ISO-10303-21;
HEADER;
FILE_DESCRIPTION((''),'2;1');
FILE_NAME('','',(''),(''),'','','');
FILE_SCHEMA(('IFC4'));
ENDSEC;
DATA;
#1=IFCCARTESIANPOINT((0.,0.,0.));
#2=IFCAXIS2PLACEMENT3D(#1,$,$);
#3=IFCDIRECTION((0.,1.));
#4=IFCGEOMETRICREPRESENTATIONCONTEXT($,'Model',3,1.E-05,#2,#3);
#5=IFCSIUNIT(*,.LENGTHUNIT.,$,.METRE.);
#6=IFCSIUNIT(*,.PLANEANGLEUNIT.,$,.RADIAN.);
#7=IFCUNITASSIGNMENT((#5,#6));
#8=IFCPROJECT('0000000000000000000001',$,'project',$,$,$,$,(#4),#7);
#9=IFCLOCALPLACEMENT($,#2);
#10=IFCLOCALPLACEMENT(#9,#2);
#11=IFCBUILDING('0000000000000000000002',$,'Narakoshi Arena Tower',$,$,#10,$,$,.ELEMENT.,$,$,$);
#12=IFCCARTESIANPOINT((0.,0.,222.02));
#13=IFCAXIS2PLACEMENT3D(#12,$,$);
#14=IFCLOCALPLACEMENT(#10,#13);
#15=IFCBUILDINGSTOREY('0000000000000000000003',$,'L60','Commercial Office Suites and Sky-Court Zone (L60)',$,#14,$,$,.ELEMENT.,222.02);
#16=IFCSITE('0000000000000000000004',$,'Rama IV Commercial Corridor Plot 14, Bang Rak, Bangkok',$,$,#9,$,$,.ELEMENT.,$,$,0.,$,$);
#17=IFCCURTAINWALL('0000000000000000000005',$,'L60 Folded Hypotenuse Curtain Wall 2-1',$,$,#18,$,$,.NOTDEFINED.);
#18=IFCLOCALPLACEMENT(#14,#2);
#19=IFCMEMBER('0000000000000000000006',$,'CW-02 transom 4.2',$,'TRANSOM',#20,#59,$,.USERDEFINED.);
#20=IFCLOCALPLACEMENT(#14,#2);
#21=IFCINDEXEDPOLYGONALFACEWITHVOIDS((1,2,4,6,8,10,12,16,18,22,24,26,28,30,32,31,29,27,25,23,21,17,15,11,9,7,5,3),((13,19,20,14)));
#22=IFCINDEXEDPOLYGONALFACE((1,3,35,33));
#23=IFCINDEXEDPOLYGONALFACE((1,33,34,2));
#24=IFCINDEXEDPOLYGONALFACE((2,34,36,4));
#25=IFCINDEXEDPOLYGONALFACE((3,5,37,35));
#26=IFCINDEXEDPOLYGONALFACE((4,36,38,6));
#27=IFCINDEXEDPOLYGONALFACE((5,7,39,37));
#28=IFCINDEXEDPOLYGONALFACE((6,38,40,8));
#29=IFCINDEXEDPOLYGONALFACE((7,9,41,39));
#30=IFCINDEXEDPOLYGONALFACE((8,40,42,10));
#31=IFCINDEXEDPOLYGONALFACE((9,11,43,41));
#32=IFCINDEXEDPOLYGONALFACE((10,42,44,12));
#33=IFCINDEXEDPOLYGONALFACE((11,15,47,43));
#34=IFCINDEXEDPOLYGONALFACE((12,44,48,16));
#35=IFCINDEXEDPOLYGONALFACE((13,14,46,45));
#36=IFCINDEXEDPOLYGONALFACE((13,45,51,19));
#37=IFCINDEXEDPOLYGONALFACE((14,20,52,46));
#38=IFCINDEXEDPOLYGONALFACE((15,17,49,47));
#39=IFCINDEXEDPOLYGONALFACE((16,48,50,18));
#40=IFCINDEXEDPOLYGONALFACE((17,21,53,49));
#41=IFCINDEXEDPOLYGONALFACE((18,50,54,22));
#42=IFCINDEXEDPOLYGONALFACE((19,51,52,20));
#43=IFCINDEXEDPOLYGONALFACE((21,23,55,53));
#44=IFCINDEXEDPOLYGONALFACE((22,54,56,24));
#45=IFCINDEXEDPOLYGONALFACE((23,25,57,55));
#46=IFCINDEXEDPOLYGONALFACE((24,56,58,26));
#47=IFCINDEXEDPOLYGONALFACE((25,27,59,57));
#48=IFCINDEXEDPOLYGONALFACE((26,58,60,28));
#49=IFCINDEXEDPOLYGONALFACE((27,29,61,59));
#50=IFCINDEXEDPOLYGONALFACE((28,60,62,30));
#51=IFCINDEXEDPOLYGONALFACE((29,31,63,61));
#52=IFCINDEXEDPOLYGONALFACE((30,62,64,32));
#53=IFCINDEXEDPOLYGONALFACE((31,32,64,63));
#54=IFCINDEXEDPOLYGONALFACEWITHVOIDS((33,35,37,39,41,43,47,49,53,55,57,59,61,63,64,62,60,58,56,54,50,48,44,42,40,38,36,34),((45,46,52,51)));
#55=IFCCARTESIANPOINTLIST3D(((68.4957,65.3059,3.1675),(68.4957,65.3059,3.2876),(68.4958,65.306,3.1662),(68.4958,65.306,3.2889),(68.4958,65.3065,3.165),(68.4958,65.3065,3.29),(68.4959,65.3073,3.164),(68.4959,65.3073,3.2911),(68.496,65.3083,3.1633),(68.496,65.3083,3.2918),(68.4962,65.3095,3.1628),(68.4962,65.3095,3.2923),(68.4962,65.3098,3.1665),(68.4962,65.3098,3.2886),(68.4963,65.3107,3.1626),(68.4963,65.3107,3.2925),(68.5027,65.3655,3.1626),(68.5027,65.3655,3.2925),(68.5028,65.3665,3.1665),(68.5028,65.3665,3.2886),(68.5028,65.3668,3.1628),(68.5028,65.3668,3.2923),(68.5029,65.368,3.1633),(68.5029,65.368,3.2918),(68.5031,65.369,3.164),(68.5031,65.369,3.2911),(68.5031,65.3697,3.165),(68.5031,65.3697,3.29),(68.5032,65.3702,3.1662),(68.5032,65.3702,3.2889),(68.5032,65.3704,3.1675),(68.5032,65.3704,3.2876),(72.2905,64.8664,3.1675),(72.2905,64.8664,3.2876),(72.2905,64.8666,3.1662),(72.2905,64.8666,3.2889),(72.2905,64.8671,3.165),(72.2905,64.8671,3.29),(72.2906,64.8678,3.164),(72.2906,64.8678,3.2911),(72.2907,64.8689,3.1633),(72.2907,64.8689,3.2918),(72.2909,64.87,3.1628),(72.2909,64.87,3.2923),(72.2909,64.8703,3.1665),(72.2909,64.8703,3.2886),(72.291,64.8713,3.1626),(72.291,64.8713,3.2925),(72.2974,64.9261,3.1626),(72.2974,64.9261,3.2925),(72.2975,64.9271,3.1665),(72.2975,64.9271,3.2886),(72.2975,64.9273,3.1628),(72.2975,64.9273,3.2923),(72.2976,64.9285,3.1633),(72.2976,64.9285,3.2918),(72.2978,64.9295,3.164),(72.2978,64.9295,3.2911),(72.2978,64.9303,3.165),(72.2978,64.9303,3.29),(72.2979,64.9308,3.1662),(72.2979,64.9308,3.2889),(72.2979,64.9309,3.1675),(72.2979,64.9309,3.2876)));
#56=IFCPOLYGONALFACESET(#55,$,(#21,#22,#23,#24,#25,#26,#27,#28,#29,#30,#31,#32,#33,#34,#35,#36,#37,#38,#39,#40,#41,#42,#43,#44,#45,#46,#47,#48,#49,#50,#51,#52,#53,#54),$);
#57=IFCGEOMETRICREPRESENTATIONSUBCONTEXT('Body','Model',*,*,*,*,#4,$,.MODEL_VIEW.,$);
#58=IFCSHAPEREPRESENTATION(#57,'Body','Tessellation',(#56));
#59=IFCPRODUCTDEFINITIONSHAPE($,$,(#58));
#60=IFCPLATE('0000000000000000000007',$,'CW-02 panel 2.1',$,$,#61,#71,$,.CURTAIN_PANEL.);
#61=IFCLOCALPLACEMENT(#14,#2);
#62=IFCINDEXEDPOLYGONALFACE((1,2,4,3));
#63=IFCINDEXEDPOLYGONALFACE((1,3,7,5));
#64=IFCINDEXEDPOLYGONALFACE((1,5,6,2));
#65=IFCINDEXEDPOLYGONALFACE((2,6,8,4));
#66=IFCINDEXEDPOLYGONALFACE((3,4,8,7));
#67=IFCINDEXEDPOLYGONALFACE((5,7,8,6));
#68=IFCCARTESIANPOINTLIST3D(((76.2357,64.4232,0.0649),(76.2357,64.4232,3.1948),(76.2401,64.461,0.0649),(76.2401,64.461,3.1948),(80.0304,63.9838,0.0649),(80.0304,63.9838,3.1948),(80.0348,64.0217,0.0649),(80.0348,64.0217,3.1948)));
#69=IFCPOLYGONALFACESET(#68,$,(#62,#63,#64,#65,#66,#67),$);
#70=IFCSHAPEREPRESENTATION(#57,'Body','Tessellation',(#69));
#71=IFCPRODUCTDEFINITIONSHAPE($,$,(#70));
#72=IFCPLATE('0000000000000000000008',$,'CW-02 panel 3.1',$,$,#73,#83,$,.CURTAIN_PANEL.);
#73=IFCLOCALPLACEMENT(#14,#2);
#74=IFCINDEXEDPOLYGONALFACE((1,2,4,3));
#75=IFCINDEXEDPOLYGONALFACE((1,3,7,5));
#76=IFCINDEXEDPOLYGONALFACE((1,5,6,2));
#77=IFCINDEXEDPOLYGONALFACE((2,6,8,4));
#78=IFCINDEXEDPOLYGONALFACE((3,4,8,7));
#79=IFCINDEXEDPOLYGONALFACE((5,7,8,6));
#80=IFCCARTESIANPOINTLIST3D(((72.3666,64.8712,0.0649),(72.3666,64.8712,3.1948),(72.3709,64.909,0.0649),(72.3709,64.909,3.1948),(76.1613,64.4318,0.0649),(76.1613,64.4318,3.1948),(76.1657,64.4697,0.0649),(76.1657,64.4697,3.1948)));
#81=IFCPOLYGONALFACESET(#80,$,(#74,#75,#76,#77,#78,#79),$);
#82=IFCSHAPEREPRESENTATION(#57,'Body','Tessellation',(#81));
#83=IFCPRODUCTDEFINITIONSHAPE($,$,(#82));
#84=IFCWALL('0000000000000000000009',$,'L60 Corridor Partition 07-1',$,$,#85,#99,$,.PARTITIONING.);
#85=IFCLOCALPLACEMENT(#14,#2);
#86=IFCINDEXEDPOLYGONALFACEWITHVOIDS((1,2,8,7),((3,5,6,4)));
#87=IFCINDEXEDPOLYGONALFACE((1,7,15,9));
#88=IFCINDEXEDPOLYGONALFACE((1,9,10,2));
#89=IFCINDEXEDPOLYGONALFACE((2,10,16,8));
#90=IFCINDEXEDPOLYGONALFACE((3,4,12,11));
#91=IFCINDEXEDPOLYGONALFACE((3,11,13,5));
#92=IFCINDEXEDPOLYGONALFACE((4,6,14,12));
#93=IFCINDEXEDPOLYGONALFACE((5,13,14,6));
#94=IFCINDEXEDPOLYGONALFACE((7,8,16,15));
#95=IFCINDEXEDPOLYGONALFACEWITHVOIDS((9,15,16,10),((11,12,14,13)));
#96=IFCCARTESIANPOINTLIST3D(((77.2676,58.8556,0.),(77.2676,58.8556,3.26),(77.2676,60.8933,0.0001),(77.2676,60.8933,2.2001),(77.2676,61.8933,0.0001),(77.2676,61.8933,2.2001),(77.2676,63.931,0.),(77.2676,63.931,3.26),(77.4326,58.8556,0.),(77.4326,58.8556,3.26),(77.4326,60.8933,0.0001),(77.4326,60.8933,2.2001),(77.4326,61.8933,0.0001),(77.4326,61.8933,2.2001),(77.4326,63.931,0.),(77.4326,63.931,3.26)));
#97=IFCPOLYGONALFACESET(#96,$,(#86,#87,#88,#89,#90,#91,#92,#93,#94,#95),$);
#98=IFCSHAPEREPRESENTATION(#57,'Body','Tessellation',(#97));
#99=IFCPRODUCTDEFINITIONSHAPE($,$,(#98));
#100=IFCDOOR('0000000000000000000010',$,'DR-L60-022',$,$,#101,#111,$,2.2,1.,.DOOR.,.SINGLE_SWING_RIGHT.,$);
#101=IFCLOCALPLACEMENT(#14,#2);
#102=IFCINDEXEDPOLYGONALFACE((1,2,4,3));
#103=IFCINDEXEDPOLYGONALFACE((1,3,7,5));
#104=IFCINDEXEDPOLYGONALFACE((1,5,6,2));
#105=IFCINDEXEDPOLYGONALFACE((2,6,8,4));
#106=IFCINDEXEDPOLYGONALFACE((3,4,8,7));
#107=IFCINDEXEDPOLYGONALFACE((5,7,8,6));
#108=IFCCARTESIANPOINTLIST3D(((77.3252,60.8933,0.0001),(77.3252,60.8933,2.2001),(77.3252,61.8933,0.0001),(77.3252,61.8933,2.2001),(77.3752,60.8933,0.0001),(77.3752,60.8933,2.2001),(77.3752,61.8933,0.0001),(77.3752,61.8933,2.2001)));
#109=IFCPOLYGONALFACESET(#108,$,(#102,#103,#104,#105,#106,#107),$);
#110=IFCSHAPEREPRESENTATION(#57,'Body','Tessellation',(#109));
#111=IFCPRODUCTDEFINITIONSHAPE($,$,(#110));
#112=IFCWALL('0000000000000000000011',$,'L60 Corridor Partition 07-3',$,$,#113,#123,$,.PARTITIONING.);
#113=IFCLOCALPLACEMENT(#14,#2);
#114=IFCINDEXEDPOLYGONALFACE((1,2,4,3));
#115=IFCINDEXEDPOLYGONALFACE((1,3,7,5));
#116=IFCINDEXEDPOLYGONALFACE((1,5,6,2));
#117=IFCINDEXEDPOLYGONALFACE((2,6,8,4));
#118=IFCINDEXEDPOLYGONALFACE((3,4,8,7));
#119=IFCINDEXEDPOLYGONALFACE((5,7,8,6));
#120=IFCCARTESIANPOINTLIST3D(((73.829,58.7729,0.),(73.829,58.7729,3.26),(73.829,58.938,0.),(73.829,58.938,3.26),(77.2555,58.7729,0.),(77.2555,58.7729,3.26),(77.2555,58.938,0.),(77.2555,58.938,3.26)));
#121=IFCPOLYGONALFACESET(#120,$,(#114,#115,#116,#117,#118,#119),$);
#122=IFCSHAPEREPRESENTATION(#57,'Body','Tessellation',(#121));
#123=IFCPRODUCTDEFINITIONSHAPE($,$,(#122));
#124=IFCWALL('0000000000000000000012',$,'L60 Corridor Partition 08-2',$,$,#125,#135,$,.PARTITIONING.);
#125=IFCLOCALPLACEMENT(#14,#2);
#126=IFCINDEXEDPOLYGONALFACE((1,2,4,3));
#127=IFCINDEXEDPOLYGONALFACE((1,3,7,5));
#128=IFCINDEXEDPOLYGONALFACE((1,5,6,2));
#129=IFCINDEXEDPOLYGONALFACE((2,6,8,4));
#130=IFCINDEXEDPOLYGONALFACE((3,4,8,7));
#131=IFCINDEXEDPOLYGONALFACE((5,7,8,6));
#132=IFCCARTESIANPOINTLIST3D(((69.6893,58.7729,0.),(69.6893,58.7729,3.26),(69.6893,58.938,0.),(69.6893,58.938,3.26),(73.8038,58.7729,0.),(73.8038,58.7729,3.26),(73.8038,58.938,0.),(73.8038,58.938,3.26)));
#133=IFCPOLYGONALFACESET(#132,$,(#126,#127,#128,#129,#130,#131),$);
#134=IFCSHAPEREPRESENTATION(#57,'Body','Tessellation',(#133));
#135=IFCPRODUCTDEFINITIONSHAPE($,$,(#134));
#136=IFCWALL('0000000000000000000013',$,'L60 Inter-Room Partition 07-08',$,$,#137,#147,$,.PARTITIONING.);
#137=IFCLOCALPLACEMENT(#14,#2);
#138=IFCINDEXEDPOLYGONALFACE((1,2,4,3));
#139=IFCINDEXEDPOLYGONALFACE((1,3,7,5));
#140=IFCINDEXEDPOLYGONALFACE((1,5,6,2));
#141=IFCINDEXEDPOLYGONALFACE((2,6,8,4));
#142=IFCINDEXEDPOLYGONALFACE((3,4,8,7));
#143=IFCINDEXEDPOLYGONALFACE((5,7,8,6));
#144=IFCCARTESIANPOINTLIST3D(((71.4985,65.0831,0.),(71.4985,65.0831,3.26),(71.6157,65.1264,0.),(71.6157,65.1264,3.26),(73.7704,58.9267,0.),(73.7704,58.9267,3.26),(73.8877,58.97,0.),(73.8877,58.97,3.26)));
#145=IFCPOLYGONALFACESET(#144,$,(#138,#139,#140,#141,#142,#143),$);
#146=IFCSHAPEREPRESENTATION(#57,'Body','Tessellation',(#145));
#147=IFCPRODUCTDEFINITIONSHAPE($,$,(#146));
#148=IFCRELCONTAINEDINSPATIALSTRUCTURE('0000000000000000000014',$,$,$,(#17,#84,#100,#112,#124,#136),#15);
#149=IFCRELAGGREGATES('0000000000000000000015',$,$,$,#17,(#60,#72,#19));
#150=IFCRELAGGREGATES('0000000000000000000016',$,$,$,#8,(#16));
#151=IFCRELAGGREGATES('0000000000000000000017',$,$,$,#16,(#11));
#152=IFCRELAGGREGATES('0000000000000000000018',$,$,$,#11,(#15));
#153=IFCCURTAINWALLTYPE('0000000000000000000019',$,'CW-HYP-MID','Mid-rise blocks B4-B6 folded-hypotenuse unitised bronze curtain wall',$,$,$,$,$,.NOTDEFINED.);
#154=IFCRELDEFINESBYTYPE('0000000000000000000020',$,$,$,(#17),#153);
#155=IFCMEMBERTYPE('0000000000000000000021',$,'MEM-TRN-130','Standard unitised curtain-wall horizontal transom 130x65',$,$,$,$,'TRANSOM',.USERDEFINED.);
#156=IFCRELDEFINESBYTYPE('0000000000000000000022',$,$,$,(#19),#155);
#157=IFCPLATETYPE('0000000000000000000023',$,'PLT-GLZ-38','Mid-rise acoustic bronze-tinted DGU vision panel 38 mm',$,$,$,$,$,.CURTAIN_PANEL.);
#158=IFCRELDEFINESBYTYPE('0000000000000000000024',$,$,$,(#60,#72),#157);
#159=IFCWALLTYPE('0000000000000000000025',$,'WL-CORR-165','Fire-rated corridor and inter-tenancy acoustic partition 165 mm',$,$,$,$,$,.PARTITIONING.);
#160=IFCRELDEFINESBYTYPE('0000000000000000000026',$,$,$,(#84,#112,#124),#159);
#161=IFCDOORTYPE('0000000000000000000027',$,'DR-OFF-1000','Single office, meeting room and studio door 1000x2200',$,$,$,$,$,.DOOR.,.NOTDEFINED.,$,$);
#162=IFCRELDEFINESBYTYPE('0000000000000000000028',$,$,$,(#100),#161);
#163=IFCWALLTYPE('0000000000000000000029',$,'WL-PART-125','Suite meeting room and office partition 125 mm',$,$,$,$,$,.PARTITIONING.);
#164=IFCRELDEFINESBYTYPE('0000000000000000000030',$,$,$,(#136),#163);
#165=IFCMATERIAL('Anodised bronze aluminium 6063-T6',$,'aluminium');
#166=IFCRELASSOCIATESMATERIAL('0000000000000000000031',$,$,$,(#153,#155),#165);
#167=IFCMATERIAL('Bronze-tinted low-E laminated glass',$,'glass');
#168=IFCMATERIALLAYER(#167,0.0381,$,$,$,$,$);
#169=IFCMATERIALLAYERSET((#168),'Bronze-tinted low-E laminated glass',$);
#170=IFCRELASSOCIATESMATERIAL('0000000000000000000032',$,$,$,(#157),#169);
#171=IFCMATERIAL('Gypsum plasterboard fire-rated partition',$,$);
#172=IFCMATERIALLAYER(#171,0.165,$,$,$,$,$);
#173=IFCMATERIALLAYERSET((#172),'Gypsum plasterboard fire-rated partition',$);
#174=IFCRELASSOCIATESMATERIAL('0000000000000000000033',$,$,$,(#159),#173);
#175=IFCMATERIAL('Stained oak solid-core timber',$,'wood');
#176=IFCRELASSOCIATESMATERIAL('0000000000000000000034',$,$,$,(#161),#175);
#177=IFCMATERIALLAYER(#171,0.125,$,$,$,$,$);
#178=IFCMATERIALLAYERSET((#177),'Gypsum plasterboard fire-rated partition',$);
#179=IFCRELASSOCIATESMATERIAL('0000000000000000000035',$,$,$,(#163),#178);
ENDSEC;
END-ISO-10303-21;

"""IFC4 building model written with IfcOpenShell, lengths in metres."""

from ifc_helpers import new_model, si_unit, direction, frame, frame_2d, origin, origin_2d, place, context, subcontext, project, spatial, rectangle, hollow_rectangle, extrude, material, layer, layer_set, material_profile, profile_set, type_object, element, fill, aggregate, save


model = new_model("IFC4")

# Units and contexts
model_context = context("Model", 3, precision=1e-05, world=origin(), true_north=direction((0.0, 1.0)))
body_context = subcontext(model_context, "Body", "Model", "MODEL_VIEW")
ifc_project = project(units=[si_unit("LENGTHUNIT", "METRE"), si_unit("PLANEANGLEUNIT", "RADIAN")], contexts=[model_context])

# Site, building, storey
site_placement = place(None, origin())
site = spatial("IfcSite", under=ifc_project, at=site_placement, Name="Rama IV Commercial Corridor Plot 14, Bang Rak, Bangkok", CompositionType="ELEMENT", RefElevation=0.0)
building_placement = place(site_placement, origin())
building = spatial("IfcBuilding", under=site, at=building_placement, Name="Narakoshi Arena Tower", CompositionType="ELEMENT")
storey_placement = place(building_placement, frame((0.0, 0.0, 222.02)))
storey = spatial("IfcBuildingStorey", under=building, at=storey_placement, Name="L60", Description="Commercial Office Suites and Sky-Court Zone (L60)", CompositionType="ELEMENT", Elevation=222.02)

# Curtain wall, member, plates
ifc_material_1 = material(Name="Anodised bronze aluminium 6063-T6", Category="aluminium")
curtain_wall_type = type_object("IfcCurtainWallType", Name="CW-HYP-MID", Description="Mid-rise blocks B4-B6 folded-hypotenuse unitised bronze curtain wall", PredefinedType="NOTDEFINED", material=ifc_material_1)
curtain_wall_placement = place(storey_placement, origin())
curtain_wall = element("IfcCurtainWall", 1, at=curtain_wall_placement, inside=storey, type_object=curtain_wall_type, Name="L60 Folded Hypotenuse Curtain Wall 2-1", PredefinedType="NOTDEFINED")
ifc_material_profile_1 = material_profile(ifc_material_1, hollow_rectangle(XDim=0.0649, YDim=0.1299, WallThickness=0.0039, OuterFilletRadius=0.0049, at=origin_2d()), Name="TRN130x65x4")
ifc_profile_set_1 = profile_set([ifc_material_profile_1], Name="Anodised bronze aluminium 6063-T6")
member_type_1 = type_object("IfcMemberType", Name="MEM-TRN-130", Description="Standard unitised curtain-wall horizontal transom 130x65", ElementType="TRANSOM", PredefinedType="USERDEFINED", material=ifc_profile_set_1)
member_1_placement = place(storey_placement, frame((72.2942, 64.8987, 3.2275), z_axis=(-0.993361, 0.115039, 0.0), x_axis=(-0.115039, -0.993361, 0.0)))
member_1 = element("IfcMember", 2, at=member_1_placement, type_object=member_type_1, Name="CW-02 transom 4.2", ObjectType="TRANSOM", PredefinedType="USERDEFINED", context=body_context, shape_type="SweptSolid", body=[
    extrude(hollow_rectangle(XDim=0.0649, YDim=0.1299, WallThickness=0.0039, OuterFilletRadius=0.0049, at=origin_2d()), origin(), (0.0, 0.0, 1.0), 3.8201),
])
ifc_material_2 = material(Name="Bronze-tinted low-E laminated glass", Category="glass")
ifc_layer_1 = layer(ifc_material_2, 0.0381)
ifc_layer_set_1 = layer_set([ifc_layer_1], Name="Bronze-tinted low-E laminated glass")
plate_type = type_object("IfcPlateType", Name="PLT-GLZ-38", Description="Mid-rise acoustic bronze-tinted DGU vision panel 38 mm", PredefinedType="CURTAIN_PANEL", material=ifc_layer_set_1)
plate_1_placement = place(storey_placement, frame((78.1353, 64.2224, 0.0649), z_axis=(0.0, 0.0, 1.0), x_axis=(-0.993364, 0.115011, 0.0)))
plate_1 = element("IfcPlate", 3, at=plate_1_placement, type_object=plate_type, Name="CW-02 panel 2.1", PredefinedType="CURTAIN_PANEL", context=body_context, shape_type="SweptSolid", body=[
    extrude(rectangle(XDim=3.8201, YDim=0.0381, at=origin_2d()), origin(), (0.0, 0.0, 1.0), 3.1299),
])
plate_2_placement = place(storey_placement, frame((74.2661, 64.6704, 0.0649), z_axis=(0.0, 0.0, 1.0), x_axis=(-0.993364, 0.115011, 0.0)))
plate_2 = element("IfcPlate", 4, at=plate_2_placement, type_object=plate_type, Name="CW-02 panel 3.1", PredefinedType="CURTAIN_PANEL", context=body_context, shape_type="SweptSolid", body=[
    extrude(rectangle(XDim=3.8201, YDim=0.0381, at=origin_2d()), origin(), (0.0, 0.0, 1.0), 3.1299),
])
aggregate(curtain_wall, [plate_1, plate_2, member_1])

# Wall, opening, door
ifc_material_3 = material(Name="Gypsum plasterboard fire-rated partition")
ifc_layer_2 = layer(ifc_material_3, 0.165)
ifc_layer_set_2 = layer_set([ifc_layer_2], Name="Gypsum plasterboard fire-rated partition")
wall_type_1 = type_object("IfcWallType", Name="WL-CORR-165", Description="Fire-rated corridor and inter-tenancy acoustic partition 165 mm", PredefinedType="PARTITIONING", material=ifc_layer_set_2)
wall_1_placement = place(storey_placement, frame((77.3501, 63.9309, 0.0), z_axis=(0.0, 0.0, 1.0), x_axis=(0.0, -1.0, 0.0)))
wall_1 = element("IfcWall", 5, at=wall_1_placement, inside=storey, type_object=wall_type_1, Name="L60 Corridor Partition 07-1", PredefinedType="PARTITIONING", context=body_context, shape_type="SweptSolid", body=[
    extrude(rectangle(XDim=5.0754, YDim=0.165, at=frame_2d((2.5376, 0.0))), origin(), (0.0, 0.0, 1.0), 3.26),
])
opening_placement = place(wall_1_placement, frame((2.0376, 0.0, 0.0)))
opening = element("IfcOpeningElement", 6, at=opening_placement, cuts=wall_1, PredefinedType="OPENING", context=body_context, shape_type="SweptSolid", body=[
    extrude(rectangle(XDim=1.0, YDim=2.2, at=frame_2d((0.5, 1.1001))), frame((0.0, 0.0925, 0.0), z_axis=(0.0, -1.0, 0.0), x_axis=(1.0, 0.0, 0.0)), (0.0, 0.0, 1.0), 0.1851),
])
ifc_material_4 = material(Name="Stained oak solid-core timber", Category="wood")
door_type = type_object("IfcDoorType", Name="DR-OFF-1000", Description="Single office, meeting room and studio door 1000x2200", OperationType="NOTDEFINED", PredefinedType="DOOR", material=ifc_material_4)
door_placement = place(opening_placement, frame((1.0, 0.0, 0.0), z_axis=(0.0, 0.0, 1.0), x_axis=(-1.0, 0.0, 0.0)))
door = element("IfcDoor", 7, at=door_placement, inside=storey, type_object=door_type, Name="DR-L60-022", OperationType="SINGLE_SWING_RIGHT", OverallHeight=2.2, OverallWidth=1.0, PredefinedType="DOOR", context=body_context, shape_type="SweptSolid", body=[
    extrude(rectangle(XDim=1.0, YDim=2.2, at=frame_2d((0.5, 1.1001))), frame((0.0, 0.0249, 0.0), z_axis=(0.0, -1.0, 0.0), x_axis=(1.0, 0.0, 0.0)), (0.0, 0.0, 1.0), 0.05),
])
fill(opening, door)

# Walls
wall_2_placement = place(storey_placement, frame((77.2556, 58.8555, 0.0), z_axis=(0.0, 0.0, 1.0), x_axis=(-1.0, 0.0, 0.0)))
element("IfcWall", 8, at=wall_2_placement, inside=storey, type_object=wall_type_1, Name="L60 Corridor Partition 07-3", PredefinedType="PARTITIONING", context=body_context, shape_type="SweptSolid", body=[
    extrude(rectangle(XDim=3.4265, YDim=0.165, at=frame_2d((1.7134, 0.0))), origin(), (0.0, 0.0, 1.0), 3.26),
])
wall_3_placement = place(storey_placement, frame((73.8037, 58.8555, 0.0), z_axis=(0.0, 0.0, 1.0), x_axis=(-1.0, 0.0, 0.0)))
element("IfcWall", 9, at=wall_3_placement, inside=storey, type_object=wall_type_1, Name="L60 Corridor Partition 08-2", PredefinedType="PARTITIONING", context=body_context, shape_type="SweptSolid", body=[
    extrude(rectangle(XDim=4.1145, YDim=0.165, at=frame_2d((2.0571, 0.0))), origin(), (0.0, 0.0, 1.0), 3.26),
])
ifc_layer_3 = layer(ifc_material_3, 0.125)
ifc_layer_set_3 = layer_set([ifc_layer_3], Name="Gypsum plasterboard fire-rated partition")
wall_type_2 = type_object("IfcWallType", Name="WL-PART-125", Description="Suite meeting room and office partition 125 mm", PredefinedType="PARTITIONING", material=ifc_layer_set_3)
wall_4_placement = place(storey_placement, frame((73.8291, 58.9482, 0.0), z_axis=(0.0, 0.0, 1.0), x_axis=(-0.346214, 0.938156, 0.0)))
element("IfcWall", 10, at=wall_4_placement, inside=storey, type_object=wall_type_2, Name="L60 Inter-Room Partition 07-08", PredefinedType="PARTITIONING", context=body_context, shape_type="SweptSolid", body=[
    extrude(rectangle(XDim=6.5623, YDim=0.125, at=frame_2d((3.2812, 0.0))), origin(), (0.0, 0.0, 1.0), 3.26),
])

save(model, "model.ifc")
